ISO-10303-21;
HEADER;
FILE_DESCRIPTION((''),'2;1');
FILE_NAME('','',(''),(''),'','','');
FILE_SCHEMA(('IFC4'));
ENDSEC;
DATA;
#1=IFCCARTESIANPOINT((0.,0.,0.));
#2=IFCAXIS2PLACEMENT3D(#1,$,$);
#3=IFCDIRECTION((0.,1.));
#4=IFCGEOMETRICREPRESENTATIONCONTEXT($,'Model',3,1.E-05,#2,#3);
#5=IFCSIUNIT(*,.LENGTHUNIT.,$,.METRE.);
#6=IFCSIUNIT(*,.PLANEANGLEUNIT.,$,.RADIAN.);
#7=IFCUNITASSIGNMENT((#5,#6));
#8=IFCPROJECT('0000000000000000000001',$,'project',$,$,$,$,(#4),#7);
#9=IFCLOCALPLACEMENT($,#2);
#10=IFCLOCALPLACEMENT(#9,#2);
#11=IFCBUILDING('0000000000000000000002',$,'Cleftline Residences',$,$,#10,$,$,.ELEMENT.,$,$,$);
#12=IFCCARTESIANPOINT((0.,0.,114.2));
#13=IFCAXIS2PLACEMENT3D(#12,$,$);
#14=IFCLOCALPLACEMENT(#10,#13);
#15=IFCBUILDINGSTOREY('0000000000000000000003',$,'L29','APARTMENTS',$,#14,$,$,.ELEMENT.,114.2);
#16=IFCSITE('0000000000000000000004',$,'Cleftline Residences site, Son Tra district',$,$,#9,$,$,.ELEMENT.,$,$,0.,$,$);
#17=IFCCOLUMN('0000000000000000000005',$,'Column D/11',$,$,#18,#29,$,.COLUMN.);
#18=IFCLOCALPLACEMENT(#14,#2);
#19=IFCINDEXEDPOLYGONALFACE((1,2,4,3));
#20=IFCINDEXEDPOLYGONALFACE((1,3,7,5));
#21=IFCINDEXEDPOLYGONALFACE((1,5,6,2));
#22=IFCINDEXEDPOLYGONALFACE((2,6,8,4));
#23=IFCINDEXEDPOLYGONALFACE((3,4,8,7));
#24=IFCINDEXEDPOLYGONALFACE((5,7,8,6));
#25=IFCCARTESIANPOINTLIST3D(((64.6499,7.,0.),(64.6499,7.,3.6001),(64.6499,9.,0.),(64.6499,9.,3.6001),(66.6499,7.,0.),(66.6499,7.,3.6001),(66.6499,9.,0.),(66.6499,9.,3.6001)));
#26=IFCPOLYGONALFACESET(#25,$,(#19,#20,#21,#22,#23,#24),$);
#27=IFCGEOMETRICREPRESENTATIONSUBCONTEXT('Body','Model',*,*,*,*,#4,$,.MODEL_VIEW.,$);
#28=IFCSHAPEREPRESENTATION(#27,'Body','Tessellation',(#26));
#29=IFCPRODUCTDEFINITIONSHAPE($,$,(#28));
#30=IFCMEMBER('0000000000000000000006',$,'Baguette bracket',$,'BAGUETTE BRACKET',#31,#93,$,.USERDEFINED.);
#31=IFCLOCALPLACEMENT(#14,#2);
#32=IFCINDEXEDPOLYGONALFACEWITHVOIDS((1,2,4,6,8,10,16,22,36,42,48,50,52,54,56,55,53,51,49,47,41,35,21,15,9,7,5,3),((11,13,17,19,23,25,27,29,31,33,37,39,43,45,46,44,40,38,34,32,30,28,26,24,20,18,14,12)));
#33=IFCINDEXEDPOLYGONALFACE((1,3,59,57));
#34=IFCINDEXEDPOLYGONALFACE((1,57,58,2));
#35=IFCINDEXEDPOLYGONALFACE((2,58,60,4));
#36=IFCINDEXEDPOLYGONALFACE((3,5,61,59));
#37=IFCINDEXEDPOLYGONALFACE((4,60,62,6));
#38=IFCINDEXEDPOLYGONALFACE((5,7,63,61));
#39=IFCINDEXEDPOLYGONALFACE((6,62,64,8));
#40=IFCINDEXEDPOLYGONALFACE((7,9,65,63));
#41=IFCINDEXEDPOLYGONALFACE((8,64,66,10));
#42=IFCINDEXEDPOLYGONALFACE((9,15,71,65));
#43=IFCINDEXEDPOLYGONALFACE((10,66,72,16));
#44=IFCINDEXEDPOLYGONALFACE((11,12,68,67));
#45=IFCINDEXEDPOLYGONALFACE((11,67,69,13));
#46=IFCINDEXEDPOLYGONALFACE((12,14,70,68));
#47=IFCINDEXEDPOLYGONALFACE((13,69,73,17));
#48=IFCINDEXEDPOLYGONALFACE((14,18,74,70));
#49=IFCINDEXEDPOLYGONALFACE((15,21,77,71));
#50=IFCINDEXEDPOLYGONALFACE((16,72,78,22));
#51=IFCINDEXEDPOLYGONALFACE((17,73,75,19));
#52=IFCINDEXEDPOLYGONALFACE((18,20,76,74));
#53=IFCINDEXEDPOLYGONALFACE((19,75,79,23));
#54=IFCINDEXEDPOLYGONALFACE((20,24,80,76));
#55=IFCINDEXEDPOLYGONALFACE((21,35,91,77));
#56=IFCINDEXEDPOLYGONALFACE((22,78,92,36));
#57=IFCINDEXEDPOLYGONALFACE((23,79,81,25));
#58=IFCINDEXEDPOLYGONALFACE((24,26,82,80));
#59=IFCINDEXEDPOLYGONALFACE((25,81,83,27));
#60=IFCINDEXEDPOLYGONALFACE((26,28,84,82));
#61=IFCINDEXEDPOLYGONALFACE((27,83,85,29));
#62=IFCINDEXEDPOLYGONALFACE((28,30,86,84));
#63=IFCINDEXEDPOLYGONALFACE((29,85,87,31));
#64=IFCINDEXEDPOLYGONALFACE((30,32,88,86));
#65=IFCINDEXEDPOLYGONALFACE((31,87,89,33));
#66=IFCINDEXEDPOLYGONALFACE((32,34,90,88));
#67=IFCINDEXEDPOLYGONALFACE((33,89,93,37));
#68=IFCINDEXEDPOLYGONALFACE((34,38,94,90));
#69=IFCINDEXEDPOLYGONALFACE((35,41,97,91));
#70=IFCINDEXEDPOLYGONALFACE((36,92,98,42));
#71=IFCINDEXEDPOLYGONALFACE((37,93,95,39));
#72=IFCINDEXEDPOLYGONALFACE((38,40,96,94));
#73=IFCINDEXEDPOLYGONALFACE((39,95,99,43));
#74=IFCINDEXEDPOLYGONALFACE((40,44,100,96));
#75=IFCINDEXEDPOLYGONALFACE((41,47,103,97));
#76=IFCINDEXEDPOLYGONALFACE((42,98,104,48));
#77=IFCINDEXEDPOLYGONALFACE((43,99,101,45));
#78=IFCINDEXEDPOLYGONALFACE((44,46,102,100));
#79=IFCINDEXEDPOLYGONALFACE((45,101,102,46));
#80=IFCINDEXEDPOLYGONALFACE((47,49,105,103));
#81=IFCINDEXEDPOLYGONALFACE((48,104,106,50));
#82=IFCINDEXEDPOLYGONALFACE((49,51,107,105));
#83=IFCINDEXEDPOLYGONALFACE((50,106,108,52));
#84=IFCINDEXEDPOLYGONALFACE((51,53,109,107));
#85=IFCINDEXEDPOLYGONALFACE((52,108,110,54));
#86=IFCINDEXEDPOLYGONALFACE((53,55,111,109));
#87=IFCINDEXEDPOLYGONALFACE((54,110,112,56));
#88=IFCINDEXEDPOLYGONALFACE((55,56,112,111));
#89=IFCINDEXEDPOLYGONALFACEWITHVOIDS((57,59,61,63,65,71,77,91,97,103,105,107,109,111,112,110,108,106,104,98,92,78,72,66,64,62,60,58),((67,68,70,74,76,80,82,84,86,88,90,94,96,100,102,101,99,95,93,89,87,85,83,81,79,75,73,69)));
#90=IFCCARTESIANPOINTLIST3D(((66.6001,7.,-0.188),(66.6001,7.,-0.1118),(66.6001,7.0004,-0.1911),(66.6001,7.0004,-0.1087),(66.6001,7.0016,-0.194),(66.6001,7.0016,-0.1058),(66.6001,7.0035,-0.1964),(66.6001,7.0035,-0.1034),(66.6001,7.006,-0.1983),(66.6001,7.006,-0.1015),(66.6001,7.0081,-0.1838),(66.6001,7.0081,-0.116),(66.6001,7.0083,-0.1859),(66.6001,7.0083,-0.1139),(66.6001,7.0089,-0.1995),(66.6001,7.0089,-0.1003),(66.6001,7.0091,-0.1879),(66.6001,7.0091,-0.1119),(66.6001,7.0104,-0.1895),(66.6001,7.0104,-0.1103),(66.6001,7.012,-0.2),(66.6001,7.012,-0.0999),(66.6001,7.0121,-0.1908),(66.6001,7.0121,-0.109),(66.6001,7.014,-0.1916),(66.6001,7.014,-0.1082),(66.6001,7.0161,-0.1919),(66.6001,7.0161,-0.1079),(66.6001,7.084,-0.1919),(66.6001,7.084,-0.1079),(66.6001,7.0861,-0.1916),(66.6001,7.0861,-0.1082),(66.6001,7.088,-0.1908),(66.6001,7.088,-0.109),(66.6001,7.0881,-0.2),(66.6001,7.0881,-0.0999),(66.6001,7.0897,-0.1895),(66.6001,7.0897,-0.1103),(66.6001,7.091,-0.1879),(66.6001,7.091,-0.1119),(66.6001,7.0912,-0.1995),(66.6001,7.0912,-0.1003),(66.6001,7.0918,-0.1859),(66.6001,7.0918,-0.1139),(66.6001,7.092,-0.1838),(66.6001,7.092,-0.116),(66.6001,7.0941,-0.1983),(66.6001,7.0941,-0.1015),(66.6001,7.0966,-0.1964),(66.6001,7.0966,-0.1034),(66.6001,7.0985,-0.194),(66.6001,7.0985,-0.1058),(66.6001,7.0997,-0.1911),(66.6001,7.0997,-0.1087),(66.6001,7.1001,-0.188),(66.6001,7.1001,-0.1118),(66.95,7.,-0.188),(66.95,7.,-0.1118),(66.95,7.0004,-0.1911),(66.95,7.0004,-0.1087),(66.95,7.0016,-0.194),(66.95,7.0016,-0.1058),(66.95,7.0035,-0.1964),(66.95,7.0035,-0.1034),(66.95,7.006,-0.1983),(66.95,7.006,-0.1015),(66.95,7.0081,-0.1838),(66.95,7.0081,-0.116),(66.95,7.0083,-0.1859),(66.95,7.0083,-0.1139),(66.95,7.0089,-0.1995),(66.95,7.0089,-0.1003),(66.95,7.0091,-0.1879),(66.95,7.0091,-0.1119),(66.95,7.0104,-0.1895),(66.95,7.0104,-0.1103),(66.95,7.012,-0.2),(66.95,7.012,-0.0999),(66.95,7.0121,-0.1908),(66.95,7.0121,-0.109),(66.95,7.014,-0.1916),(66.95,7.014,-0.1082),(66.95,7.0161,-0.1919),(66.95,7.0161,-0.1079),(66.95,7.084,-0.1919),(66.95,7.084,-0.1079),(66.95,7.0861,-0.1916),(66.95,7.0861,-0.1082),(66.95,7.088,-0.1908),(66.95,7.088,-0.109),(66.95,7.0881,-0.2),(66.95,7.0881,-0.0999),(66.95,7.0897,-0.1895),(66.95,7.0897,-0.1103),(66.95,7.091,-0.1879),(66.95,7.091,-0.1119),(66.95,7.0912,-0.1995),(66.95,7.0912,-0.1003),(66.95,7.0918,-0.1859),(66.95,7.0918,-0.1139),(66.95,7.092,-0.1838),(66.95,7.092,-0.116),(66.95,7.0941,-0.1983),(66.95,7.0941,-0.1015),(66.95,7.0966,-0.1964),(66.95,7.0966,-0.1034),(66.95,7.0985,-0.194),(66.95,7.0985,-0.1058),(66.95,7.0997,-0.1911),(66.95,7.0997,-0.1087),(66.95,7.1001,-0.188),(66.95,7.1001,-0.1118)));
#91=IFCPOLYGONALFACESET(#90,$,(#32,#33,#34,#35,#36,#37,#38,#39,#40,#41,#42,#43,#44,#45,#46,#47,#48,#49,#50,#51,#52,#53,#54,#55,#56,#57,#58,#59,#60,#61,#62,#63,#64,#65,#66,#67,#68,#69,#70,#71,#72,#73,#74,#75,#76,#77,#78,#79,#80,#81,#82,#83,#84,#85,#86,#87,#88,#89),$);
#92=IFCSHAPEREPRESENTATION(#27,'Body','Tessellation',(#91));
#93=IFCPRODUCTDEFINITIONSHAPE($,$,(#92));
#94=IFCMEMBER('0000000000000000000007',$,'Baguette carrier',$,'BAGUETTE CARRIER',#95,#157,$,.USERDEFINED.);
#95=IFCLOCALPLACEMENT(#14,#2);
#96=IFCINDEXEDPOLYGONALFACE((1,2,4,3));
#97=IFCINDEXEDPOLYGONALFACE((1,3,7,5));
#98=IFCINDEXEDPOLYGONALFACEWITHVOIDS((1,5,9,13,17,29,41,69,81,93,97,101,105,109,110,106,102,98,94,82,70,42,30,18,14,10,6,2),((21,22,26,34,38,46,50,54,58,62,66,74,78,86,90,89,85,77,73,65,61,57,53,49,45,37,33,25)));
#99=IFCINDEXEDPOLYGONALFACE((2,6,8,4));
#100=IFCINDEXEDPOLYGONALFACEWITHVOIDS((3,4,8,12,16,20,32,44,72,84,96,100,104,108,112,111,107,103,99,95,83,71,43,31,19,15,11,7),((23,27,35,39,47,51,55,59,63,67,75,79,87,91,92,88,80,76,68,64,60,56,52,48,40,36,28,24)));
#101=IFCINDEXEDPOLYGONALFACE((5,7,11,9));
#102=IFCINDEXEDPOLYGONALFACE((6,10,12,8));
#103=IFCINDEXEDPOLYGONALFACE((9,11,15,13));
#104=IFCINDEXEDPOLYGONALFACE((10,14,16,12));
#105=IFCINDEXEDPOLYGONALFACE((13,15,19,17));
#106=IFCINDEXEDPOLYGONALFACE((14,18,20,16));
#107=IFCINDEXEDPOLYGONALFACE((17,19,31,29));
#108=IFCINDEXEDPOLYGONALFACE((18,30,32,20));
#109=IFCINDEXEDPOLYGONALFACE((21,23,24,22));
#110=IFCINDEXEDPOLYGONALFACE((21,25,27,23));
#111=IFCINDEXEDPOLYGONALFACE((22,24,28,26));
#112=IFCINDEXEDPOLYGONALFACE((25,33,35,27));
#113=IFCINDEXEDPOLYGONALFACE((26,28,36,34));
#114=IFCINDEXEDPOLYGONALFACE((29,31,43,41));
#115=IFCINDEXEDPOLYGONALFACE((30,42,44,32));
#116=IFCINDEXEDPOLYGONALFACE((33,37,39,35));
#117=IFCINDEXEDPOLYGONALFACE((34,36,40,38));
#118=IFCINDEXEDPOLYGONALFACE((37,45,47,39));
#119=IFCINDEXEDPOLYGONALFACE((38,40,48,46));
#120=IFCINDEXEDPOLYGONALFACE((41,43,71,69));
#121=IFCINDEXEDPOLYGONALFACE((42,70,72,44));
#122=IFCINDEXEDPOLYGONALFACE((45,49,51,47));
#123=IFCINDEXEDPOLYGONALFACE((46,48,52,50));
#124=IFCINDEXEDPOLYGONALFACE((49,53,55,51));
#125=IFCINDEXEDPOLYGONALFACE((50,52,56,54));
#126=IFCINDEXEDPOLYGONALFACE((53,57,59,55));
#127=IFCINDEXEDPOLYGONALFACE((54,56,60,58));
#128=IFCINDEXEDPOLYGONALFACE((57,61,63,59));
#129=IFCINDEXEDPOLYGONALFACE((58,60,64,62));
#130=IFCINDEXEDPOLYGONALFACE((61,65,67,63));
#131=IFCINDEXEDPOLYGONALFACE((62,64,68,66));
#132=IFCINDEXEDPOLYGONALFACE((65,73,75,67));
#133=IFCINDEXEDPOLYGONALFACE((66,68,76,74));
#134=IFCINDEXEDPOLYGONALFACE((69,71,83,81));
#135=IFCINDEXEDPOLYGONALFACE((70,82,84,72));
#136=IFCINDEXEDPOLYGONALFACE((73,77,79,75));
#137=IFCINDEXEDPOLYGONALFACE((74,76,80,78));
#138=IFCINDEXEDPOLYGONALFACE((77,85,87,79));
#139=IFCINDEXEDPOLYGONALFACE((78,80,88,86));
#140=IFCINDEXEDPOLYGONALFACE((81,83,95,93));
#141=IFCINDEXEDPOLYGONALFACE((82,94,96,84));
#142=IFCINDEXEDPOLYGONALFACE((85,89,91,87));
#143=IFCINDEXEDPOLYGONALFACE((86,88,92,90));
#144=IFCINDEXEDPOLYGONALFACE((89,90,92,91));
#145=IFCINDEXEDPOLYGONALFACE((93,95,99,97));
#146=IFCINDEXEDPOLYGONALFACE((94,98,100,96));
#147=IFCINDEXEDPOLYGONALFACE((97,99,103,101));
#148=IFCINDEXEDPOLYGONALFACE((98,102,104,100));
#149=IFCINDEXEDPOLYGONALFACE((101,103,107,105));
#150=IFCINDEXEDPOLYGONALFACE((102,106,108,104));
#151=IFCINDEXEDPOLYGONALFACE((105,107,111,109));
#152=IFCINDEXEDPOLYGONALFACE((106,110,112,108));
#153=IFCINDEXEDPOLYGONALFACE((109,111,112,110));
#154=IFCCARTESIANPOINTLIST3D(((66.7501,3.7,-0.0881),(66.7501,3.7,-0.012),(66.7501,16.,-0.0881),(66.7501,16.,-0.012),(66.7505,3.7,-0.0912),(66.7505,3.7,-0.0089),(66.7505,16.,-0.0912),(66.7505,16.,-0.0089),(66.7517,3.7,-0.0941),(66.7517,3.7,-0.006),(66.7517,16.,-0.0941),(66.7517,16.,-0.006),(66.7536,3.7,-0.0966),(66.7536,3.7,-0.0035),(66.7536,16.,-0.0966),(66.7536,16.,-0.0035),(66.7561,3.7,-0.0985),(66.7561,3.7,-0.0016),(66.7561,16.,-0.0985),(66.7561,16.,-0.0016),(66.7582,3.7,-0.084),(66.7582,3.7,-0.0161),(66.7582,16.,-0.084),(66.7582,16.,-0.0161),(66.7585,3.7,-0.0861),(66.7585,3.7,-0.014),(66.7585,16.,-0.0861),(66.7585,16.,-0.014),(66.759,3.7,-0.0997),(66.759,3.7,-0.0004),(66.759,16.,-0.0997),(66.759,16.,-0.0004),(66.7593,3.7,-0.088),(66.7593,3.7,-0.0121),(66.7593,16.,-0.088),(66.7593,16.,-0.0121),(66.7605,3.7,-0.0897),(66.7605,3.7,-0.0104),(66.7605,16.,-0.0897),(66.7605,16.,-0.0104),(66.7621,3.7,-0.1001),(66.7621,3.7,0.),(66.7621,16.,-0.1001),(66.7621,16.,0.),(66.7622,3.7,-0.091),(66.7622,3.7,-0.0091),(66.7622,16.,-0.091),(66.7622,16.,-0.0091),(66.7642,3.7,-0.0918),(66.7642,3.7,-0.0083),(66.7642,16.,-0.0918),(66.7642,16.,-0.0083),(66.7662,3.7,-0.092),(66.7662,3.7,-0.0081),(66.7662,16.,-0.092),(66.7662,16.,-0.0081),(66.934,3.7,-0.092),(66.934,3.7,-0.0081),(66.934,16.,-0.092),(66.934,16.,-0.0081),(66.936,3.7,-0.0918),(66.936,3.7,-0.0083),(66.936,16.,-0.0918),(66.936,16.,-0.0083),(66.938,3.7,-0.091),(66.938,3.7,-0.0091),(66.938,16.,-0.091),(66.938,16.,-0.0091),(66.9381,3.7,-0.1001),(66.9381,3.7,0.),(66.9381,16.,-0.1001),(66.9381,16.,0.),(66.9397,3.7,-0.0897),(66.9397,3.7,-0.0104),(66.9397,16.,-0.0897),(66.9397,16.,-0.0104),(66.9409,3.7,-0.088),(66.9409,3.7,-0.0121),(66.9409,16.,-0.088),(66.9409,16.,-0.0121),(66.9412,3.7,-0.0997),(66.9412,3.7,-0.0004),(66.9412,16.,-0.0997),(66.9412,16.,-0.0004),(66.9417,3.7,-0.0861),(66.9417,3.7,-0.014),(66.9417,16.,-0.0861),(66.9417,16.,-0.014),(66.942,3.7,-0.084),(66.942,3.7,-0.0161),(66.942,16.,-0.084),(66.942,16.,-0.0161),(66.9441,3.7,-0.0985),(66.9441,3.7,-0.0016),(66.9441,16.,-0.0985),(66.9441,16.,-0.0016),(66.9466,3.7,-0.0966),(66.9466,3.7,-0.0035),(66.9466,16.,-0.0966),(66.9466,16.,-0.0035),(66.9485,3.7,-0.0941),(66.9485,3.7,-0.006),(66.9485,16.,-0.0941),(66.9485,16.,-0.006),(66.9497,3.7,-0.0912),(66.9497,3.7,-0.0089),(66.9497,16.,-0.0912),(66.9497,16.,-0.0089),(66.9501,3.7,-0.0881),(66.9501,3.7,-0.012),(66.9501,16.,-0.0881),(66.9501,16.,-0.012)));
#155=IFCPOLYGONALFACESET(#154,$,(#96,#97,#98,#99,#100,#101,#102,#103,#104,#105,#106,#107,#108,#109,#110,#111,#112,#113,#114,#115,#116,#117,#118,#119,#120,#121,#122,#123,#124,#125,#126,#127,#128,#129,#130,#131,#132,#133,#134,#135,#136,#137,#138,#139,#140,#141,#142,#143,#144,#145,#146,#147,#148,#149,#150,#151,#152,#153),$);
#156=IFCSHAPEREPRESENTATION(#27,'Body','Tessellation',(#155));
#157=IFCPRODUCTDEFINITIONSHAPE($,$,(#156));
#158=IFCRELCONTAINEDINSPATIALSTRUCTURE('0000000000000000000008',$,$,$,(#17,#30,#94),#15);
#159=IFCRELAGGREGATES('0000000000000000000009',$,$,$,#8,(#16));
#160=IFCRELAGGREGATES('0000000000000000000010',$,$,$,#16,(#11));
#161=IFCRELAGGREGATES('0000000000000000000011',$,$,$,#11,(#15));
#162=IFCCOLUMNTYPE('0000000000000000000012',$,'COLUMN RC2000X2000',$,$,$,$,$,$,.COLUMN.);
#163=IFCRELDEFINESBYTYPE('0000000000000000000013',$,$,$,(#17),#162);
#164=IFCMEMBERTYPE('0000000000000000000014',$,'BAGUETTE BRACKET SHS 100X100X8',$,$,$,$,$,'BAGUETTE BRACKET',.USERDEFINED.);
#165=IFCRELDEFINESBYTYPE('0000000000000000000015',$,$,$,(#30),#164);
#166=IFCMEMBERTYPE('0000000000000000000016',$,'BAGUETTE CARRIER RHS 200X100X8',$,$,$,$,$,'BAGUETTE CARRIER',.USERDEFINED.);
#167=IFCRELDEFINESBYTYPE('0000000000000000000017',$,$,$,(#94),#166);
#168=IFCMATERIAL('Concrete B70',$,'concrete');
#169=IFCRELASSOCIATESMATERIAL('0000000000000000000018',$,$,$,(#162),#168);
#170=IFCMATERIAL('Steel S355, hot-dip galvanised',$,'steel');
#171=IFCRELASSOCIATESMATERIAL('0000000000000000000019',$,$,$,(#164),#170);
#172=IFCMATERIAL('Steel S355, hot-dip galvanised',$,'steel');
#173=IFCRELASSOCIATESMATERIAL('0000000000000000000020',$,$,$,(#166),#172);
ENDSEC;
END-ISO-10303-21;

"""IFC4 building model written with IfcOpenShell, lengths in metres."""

from ifc_helpers import new_model, si_unit, direction, frame, origin, origin_2d, place, context, subcontext, project, spatial, rectangle, hollow_rectangle, extrude, material, material_profile, profile_set, type_object, element, save


model = new_model("IFC4")

# Units and contexts
model_context = context("Model", 3, precision=1e-05, world=origin(), true_north=direction((0.0, 1.0)))
body_context = subcontext(model_context, "Body", "Model", "MODEL_VIEW")
ifc_project = project(units=[si_unit("LENGTHUNIT", "METRE"), si_unit("PLANEANGLEUNIT", "RADIAN")], contexts=[model_context])

# Site, building, storey
site_placement = place(None, origin())
site = spatial("IfcSite", under=ifc_project, at=site_placement, Name="Cleftline Residences site, Son Tra district", CompositionType="ELEMENT", RefElevation=0.0)
building_placement = place(site_placement, origin())
building = spatial("IfcBuilding", under=site, at=building_placement, Name="Cleftline Residences", CompositionType="ELEMENT")
storey_placement = place(building_placement, frame((0.0, 0.0, 114.2)))
storey = spatial("IfcBuildingStorey", under=building, at=storey_placement, Name="L29", Description="APARTMENTS", CompositionType="ELEMENT", Elevation=114.2)

# Column
ifc_material_1 = material(Name="Concrete B70", Category="concrete")
ifc_material_profile_1 = material_profile(ifc_material_1, rectangle(XDim=2.0, YDim=2.0, at=origin_2d()))
ifc_profile_set_1 = profile_set([ifc_material_profile_1], Name="Concrete B70")
column_type = type_object("IfcColumnType", Name="COLUMN RC2000X2000", PredefinedType="COLUMN", material=ifc_profile_set_1)
column_placement = place(storey_placement, frame((65.6499, 8.0, 0.0), z_axis=(0.0, 0.0, 1.0), x_axis=(1.0, 0.0, 0.0)))
element("IfcColumn", 1, at=column_placement, inside=storey, type_object=column_type, Name="Column D/11", PredefinedType="COLUMN", context=body_context, shape_type="SweptSolid", body=[
    extrude(rectangle(XDim=2.0, YDim=2.0, at=origin_2d()), origin(), (0.0, 0.0, 1.0), 3.6001),
])

# Members
ifc_material_2 = material(Name="Steel S355, hot-dip galvanised", Category="steel")
ifc_material_profile_2 = material_profile(ifc_material_2, hollow_rectangle(XDim=0.1001, YDim=0.1001, WallThickness=0.0081, InnerFilletRadius=0.0081, OuterFilletRadius=0.012, at=origin_2d()))
ifc_profile_set_2 = profile_set([ifc_material_profile_2], Name="Steel S355, hot-dip galvanised")
member_type_1 = type_object("IfcMemberType", Name="BAGUETTE BRACKET SHS 100X100X8", ElementType="BAGUETTE BRACKET", PredefinedType="USERDEFINED", material=ifc_profile_set_2)
member_1_placement = place(storey_placement, frame((66.6001, 7.05, -0.1499), z_axis=(1.0, 0.0, 0.0), x_axis=(0.0, 1.0, 0.0)))
element("IfcMember", 2, at=member_1_placement, inside=storey, type_object=member_type_1, Name="Baguette bracket", ObjectType="BAGUETTE BRACKET", PredefinedType="USERDEFINED", context=body_context, shape_type="SweptSolid", body=[
    extrude(hollow_rectangle(XDim=0.1001, YDim=0.1001, WallThickness=0.0081, InnerFilletRadius=0.0081, OuterFilletRadius=0.012, at=origin_2d()), origin(), (0.0, 0.0, 1.0), 0.3499),
])
ifc_material_3 = material(Name="Steel S355, hot-dip galvanised", Category="steel")
ifc_material_profile_3 = material_profile(ifc_material_3, hollow_rectangle(XDim=0.1001, YDim=0.2, WallThickness=0.0081, InnerFilletRadius=0.0081, OuterFilletRadius=0.012, at=origin_2d()))
ifc_profile_set_3 = profile_set([ifc_material_profile_3], Name="Steel S355, hot-dip galvanised")
member_type_2 = type_object("IfcMemberType", Name="BAGUETTE CARRIER RHS 200X100X8", ElementType="BAGUETTE CARRIER", PredefinedType="USERDEFINED", material=ifc_profile_set_3)
member_2_placement = place(storey_placement, frame((66.8501, 3.7, -0.05), z_axis=(0.0, 1.0, 0.0), x_axis=(0.0, 0.0, 1.0)))
element("IfcMember", 3, at=member_2_placement, inside=storey, type_object=member_type_2, Name="Baguette carrier", ObjectType="BAGUETTE CARRIER", PredefinedType="USERDEFINED", context=body_context, shape_type="SweptSolid", body=[
    extrude(hollow_rectangle(XDim=0.1001, YDim=0.2, WallThickness=0.0081, InnerFilletRadius=0.0081, OuterFilletRadius=0.012, at=origin_2d()), origin(), (0.0, 0.0, 1.0), 12.3),
])

save(model, "model.ifc")
